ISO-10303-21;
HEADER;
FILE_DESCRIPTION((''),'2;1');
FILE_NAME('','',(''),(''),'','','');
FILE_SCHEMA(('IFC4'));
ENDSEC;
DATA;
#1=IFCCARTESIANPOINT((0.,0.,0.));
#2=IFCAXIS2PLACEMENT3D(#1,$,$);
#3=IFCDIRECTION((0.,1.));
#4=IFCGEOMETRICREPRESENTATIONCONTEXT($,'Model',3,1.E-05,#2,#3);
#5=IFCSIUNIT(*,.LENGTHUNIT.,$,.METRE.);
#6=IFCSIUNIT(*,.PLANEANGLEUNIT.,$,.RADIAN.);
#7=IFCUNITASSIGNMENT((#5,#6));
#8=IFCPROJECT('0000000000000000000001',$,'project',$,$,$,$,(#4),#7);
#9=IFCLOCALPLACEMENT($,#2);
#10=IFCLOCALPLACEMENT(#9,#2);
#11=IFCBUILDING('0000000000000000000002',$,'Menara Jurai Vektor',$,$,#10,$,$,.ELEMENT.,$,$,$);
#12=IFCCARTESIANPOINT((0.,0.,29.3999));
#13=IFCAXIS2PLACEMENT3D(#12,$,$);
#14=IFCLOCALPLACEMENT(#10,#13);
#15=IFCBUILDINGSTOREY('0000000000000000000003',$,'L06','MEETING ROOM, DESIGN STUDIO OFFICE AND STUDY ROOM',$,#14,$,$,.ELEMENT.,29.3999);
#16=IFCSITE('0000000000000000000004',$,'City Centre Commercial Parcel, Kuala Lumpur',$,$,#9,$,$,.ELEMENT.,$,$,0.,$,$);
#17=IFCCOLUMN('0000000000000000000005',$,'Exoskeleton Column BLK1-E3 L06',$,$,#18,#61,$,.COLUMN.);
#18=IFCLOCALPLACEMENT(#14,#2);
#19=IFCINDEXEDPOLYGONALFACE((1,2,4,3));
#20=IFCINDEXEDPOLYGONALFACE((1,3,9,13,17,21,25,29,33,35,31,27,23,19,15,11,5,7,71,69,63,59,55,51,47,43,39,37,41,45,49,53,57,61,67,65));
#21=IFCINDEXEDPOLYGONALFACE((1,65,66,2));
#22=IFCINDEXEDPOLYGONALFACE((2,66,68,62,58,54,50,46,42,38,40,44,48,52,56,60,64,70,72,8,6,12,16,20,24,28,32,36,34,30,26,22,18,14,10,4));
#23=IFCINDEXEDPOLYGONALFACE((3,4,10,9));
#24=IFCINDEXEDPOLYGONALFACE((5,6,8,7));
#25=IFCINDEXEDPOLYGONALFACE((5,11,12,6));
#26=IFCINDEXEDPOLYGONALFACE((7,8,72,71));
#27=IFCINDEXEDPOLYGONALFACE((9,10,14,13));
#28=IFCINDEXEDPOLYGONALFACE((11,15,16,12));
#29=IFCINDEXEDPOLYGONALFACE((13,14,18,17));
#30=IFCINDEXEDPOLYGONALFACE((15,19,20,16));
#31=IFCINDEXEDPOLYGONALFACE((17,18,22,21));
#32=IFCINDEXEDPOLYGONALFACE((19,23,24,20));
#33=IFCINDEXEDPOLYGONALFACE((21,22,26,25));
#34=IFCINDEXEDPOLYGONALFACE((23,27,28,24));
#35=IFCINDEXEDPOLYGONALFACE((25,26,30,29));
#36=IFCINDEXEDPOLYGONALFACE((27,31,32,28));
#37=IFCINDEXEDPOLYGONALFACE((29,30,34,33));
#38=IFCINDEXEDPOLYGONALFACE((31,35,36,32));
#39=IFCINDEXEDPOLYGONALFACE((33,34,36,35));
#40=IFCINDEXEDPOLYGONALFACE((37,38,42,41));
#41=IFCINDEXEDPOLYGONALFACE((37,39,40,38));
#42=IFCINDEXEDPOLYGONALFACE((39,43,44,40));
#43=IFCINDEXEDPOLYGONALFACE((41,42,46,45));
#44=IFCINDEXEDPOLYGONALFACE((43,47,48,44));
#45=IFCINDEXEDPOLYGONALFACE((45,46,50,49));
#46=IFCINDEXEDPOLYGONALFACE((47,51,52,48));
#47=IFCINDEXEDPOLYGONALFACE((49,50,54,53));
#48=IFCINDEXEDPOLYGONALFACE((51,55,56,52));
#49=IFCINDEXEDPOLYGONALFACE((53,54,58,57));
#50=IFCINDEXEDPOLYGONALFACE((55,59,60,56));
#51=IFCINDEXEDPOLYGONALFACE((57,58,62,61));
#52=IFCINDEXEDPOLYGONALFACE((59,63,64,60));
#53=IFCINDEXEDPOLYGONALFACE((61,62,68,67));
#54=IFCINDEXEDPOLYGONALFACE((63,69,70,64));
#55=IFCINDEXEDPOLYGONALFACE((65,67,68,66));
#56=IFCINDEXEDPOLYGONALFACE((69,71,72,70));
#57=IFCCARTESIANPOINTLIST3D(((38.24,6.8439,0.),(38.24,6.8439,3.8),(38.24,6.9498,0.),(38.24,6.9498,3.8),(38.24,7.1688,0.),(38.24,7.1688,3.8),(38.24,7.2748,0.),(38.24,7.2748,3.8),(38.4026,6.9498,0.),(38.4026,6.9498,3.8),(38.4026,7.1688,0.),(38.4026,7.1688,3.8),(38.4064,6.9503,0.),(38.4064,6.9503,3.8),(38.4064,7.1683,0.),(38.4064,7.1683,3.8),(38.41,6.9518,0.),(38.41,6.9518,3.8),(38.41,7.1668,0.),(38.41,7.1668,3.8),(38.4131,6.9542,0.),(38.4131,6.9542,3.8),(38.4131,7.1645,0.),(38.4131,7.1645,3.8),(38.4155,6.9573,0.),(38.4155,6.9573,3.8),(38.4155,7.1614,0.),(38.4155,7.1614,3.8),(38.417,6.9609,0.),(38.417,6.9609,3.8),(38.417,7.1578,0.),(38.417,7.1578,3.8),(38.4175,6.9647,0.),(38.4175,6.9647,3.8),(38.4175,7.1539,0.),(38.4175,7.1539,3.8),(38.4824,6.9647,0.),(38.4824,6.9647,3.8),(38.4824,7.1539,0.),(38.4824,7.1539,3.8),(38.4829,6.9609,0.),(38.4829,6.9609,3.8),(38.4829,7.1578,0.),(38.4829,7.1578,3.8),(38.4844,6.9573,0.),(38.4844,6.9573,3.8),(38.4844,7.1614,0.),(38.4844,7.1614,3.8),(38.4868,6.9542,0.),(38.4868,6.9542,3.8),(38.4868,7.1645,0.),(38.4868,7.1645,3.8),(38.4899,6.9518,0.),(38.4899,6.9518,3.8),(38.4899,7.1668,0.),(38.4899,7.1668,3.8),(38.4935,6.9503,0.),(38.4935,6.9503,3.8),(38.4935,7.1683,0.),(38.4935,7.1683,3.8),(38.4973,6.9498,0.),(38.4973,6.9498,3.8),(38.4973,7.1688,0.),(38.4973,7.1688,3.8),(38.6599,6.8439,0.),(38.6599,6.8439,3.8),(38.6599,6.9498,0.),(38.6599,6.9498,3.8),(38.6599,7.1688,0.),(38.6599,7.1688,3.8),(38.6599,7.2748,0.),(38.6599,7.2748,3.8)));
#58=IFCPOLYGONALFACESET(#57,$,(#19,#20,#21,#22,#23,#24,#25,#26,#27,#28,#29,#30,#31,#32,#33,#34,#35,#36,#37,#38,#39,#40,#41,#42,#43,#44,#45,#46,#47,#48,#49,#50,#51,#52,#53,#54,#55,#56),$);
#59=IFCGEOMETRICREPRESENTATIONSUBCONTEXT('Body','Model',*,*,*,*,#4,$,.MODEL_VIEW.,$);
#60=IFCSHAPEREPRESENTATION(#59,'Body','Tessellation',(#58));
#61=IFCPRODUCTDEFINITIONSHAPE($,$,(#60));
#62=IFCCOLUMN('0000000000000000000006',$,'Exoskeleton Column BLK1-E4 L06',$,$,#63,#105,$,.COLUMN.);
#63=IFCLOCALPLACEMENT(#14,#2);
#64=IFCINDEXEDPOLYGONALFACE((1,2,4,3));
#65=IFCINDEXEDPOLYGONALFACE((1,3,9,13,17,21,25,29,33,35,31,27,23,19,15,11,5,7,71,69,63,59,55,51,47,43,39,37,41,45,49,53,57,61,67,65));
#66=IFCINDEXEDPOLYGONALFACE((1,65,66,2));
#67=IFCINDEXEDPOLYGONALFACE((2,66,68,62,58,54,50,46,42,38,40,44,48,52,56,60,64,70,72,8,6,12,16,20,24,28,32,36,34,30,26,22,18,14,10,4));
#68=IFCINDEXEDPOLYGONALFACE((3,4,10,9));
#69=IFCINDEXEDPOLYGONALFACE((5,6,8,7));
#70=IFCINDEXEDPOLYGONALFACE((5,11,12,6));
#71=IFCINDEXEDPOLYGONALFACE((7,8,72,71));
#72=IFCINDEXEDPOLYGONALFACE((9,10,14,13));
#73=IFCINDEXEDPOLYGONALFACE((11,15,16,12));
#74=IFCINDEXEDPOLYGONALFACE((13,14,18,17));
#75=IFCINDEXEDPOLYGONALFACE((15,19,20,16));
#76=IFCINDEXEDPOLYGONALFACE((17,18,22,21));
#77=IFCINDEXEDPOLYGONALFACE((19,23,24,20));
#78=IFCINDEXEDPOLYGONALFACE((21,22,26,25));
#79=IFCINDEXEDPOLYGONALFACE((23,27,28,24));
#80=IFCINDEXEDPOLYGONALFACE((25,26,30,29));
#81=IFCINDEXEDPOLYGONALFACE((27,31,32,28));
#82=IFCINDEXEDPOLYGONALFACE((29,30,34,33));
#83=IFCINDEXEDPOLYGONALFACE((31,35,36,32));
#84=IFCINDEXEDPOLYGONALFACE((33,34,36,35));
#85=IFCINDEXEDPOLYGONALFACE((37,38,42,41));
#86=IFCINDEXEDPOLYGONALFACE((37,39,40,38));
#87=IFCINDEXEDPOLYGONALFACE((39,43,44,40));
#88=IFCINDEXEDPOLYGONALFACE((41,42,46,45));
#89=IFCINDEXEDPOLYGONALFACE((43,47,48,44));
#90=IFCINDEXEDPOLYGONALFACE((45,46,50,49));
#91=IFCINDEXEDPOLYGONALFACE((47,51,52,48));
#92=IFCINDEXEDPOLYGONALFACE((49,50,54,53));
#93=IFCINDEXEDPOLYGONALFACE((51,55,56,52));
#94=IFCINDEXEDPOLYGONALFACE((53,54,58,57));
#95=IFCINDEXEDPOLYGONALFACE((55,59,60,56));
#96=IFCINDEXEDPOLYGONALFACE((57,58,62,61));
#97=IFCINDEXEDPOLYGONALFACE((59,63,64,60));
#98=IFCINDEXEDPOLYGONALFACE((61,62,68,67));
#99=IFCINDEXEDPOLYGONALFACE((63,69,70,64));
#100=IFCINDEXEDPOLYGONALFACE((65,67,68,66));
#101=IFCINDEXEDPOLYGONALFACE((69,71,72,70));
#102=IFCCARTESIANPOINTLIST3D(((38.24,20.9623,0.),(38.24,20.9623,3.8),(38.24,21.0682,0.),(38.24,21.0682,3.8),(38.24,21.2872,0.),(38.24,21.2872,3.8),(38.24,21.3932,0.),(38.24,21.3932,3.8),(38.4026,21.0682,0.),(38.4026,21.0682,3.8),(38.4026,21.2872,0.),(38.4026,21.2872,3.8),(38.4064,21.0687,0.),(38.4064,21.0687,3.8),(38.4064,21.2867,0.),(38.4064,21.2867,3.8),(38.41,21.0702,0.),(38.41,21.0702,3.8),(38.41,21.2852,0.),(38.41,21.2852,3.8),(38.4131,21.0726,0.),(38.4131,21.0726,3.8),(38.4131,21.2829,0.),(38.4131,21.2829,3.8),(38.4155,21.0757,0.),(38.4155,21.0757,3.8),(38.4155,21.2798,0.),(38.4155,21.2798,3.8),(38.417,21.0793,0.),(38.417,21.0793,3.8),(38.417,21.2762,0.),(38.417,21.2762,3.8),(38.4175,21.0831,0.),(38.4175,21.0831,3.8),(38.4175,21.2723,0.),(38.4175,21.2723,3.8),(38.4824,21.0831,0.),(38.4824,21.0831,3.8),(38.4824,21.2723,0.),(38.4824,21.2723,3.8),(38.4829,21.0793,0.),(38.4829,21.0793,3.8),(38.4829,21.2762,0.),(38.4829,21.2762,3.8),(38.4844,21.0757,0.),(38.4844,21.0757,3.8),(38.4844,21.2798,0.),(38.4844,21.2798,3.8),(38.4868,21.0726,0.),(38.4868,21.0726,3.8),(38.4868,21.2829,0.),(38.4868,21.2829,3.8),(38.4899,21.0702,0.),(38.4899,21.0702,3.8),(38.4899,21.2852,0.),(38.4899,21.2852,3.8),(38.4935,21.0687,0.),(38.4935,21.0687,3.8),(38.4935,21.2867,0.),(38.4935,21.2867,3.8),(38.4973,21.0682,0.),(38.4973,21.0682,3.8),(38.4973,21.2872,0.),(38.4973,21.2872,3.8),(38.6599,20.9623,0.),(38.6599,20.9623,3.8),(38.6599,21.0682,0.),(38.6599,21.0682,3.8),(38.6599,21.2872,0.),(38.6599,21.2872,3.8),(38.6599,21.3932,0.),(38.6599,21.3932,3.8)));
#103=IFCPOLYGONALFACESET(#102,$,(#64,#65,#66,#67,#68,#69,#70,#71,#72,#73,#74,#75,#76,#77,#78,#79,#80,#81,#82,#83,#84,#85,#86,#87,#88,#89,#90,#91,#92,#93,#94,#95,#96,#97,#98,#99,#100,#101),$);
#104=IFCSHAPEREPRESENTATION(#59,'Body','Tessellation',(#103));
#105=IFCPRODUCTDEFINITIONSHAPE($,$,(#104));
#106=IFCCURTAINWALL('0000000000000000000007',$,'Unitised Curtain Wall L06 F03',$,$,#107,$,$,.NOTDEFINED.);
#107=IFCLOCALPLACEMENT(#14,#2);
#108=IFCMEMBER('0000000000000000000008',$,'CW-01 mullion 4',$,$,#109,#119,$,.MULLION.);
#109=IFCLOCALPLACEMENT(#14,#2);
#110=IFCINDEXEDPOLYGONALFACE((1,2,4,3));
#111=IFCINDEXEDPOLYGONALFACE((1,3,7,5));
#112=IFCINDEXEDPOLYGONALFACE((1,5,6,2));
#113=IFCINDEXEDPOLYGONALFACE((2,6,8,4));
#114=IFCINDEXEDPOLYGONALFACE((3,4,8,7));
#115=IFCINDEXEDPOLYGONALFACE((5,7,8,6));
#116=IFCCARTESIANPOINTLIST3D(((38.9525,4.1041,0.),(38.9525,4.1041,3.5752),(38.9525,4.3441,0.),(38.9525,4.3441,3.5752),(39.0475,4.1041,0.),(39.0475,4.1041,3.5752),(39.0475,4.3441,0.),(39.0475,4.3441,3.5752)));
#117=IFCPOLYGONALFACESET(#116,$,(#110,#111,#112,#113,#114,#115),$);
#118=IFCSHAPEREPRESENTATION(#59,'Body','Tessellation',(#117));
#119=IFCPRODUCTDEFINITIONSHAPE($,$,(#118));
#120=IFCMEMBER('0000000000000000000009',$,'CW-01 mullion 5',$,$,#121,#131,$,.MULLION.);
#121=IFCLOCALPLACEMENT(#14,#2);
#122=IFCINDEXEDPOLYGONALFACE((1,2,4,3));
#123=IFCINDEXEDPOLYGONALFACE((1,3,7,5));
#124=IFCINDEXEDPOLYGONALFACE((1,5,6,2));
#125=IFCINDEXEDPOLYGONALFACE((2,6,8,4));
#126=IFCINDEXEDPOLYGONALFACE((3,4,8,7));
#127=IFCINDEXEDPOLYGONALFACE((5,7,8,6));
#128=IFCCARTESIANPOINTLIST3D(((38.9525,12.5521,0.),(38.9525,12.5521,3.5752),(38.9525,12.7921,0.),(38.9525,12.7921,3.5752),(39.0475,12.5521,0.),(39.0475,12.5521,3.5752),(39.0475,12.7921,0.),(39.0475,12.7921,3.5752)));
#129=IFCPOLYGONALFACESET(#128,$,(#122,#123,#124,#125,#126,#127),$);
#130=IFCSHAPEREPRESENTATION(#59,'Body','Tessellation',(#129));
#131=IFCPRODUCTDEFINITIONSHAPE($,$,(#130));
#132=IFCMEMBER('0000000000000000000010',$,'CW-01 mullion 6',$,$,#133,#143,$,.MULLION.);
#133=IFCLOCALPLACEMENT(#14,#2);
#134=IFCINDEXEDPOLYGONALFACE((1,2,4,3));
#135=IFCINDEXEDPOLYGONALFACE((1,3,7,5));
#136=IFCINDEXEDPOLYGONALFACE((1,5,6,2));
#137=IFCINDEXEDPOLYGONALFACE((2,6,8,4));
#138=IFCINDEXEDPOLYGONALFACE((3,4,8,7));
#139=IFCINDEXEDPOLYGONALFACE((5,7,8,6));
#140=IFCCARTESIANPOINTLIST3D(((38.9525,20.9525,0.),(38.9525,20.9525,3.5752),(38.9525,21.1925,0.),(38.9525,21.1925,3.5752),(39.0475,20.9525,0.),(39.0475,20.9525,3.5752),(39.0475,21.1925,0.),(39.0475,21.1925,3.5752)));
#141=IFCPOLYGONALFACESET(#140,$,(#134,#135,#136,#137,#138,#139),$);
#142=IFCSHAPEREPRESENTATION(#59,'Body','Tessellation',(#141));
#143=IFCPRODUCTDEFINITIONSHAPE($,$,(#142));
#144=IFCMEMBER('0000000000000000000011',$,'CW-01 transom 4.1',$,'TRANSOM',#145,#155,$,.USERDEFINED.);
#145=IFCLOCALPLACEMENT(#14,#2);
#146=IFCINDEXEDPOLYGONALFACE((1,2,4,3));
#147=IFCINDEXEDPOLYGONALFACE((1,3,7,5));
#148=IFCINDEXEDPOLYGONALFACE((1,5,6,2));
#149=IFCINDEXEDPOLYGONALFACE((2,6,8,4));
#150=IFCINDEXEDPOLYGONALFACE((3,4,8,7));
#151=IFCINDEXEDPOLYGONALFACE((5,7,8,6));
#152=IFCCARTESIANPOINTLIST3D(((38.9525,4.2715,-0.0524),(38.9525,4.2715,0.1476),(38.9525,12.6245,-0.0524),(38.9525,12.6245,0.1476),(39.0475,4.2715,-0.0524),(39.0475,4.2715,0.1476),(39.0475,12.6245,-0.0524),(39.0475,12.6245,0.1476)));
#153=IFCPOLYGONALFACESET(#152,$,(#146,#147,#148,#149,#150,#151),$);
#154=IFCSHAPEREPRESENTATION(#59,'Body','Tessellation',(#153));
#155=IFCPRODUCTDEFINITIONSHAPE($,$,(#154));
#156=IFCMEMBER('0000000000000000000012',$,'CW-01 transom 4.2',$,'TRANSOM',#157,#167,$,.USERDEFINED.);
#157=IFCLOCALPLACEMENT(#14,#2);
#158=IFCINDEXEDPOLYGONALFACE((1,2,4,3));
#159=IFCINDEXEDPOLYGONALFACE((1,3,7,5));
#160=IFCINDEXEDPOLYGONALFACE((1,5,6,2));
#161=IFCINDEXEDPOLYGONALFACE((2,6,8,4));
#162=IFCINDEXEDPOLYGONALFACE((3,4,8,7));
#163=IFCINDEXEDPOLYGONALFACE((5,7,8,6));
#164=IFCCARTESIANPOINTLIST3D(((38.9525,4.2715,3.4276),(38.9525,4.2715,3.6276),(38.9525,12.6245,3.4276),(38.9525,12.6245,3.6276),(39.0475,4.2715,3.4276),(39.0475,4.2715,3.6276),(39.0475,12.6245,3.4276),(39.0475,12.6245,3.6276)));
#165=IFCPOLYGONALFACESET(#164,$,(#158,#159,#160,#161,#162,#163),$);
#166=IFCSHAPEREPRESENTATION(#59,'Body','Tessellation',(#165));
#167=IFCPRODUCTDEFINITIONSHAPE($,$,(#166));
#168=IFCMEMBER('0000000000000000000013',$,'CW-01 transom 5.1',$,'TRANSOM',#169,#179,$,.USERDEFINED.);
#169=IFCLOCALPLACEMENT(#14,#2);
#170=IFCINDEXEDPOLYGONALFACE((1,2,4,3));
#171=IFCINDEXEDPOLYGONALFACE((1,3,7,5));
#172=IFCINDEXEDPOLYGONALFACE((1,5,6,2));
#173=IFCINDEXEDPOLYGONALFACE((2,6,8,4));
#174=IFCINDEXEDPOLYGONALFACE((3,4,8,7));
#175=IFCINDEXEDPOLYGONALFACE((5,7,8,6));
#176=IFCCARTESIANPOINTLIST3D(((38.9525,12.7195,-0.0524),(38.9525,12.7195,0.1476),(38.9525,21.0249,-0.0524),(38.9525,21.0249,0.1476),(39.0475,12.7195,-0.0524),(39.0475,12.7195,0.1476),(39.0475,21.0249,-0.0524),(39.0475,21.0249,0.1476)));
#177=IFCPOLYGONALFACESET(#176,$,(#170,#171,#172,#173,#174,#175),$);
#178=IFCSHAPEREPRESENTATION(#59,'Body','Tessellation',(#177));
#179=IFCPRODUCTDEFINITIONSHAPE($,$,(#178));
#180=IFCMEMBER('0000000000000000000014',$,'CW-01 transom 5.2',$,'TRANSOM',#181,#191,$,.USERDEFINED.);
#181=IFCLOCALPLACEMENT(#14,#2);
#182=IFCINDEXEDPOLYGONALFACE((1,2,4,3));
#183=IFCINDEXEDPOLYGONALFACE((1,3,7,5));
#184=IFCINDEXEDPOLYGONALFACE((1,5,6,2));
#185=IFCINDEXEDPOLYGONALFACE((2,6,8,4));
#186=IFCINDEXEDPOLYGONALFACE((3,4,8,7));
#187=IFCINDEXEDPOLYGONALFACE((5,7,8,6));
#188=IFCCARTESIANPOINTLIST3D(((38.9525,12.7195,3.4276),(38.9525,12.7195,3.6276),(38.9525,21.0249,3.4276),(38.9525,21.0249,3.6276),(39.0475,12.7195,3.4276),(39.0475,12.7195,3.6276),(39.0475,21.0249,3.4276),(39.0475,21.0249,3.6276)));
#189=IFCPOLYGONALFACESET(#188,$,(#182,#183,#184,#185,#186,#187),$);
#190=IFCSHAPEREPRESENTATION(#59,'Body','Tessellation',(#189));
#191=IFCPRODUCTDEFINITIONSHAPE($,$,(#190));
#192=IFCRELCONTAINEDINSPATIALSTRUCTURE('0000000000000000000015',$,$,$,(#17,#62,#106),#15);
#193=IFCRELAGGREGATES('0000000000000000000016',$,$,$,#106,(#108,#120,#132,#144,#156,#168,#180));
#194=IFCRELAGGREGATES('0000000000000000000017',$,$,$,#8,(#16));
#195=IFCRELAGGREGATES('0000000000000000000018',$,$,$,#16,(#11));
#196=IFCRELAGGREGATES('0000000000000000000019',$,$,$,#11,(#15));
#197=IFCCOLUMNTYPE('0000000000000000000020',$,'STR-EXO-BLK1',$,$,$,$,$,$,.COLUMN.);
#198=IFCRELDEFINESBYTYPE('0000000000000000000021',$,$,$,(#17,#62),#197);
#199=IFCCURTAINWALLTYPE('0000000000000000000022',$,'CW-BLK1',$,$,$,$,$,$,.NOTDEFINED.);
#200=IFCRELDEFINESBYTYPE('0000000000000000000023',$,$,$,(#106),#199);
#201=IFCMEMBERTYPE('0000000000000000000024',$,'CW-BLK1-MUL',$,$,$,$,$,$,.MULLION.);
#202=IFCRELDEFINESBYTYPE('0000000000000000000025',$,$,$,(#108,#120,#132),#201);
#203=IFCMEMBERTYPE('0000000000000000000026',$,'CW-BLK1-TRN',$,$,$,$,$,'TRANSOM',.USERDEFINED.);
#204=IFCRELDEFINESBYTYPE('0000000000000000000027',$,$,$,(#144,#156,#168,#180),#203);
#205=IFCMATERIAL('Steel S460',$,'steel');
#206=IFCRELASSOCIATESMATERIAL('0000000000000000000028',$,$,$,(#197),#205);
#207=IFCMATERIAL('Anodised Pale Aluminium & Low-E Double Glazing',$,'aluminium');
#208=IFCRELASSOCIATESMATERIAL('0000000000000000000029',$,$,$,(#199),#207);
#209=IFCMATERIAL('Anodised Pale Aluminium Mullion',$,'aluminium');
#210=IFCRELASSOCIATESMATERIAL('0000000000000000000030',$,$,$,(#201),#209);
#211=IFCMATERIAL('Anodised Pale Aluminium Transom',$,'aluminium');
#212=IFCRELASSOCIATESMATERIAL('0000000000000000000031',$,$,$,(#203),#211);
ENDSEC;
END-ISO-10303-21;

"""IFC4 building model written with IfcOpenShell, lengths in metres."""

from ifc_helpers import new_model, si_unit, direction, frame, origin, origin_2d, place, context, subcontext, project, spatial, rectangle, i_section, extrude, material, material_profile, profile_set, type_object, element, aggregate, save


model = new_model("IFC4")

# Units and contexts
model_context = context("Model", 3, precision=1e-05, world=origin(), true_north=direction((0.0, 1.0)))
body_context = subcontext(model_context, "Body", "Model", "MODEL_VIEW")
ifc_project = project(units=[si_unit("LENGTHUNIT", "METRE"), si_unit("PLANEANGLEUNIT", "RADIAN")], contexts=[model_context])

# Site, building, storey
site_placement = place(None, origin())
site = spatial("IfcSite", under=ifc_project, at=site_placement, Name="City Centre Commercial Parcel, Kuala Lumpur", CompositionType="ELEMENT", RefElevation=0.0)
building_placement = place(site_placement, origin())
building = spatial("IfcBuilding", under=site, at=building_placement, Name="Menara Jurai Vektor", CompositionType="ELEMENT")
storey_placement = place(building_placement, frame((0.0, 0.0, 29.3999)))
storey = spatial("IfcBuildingStorey", under=building, at=storey_placement, Name="L06", Description="MEETING ROOM, DESIGN STUDIO OFFICE AND STUDY ROOM", CompositionType="ELEMENT", Elevation=29.3999)

# Columns
ifc_material_1 = material(Name="Steel S460", Category="steel")
ifc_material_profile_1 = material_profile(ifc_material_1, i_section(OverallWidth=0.4199, OverallDepth=0.4309, WebThickness=0.0649, FlangeThickness=0.106, FilletRadius=0.0149, at=origin_2d()), Name="HD 400x900")
ifc_profile_set_1 = profile_set([ifc_material_profile_1], Name="Steel S460")
column_type = type_object("IfcColumnType", Name="STR-EXO-BLK1", PredefinedType="COLUMN", material=ifc_profile_set_1)
for number, where, z_axis, x_axis, name in (
    (1, (38.45, 7.0593, 0.0), (0.0, 0.0, 1.0), (1.0, 0.0, 0.0), "Exoskeleton Column BLK1-E3 L06"),
    (2, (38.45, 21.1777, 0.0), (0.0, 0.0, 1.0), (1.0, 0.0, 0.0), "Exoskeleton Column BLK1-E4 L06"),
):
    element("IfcColumn", number, at=place(storey_placement, frame(where, z_axis=z_axis, x_axis=x_axis)), inside=storey, type_object=column_type, Name=name, PredefinedType="COLUMN", context=body_context, shape_type="SweptSolid", body=[
        extrude(i_section(OverallWidth=0.4199, OverallDepth=0.4309, WebThickness=0.0649, FlangeThickness=0.106, FilletRadius=0.0149, at=origin_2d()), origin(), (0.0, 0.0, 1.0), 3.8),
    ])

# Curtain wall, members
ifc_material_2 = material(Name="Anodised Pale Aluminium & Low-E Double Glazing", Category="aluminium")
curtain_wall_type = type_object("IfcCurtainWallType", Name="CW-BLK1", PredefinedType="NOTDEFINED", material=ifc_material_2)
curtain_wall_placement = place(storey_placement, origin())
curtain_wall = element("IfcCurtainWall", 3, at=curtain_wall_placement, inside=storey, type_object=curtain_wall_type, Name="Unitised Curtain Wall L06 F03", PredefinedType="NOTDEFINED")
ifc_material_3 = material(Name="Anodised Pale Aluminium Mullion", Category="aluminium")
ifc_material_profile_2 = material_profile(ifc_material_3, rectangle(XDim=0.095, YDim=0.24, at=origin_2d()), Name="ALU MUL 95x240")
ifc_profile_set_2 = profile_set([ifc_material_profile_2], Name="Anodised Pale Aluminium Mullion")
member_type_1 = type_object("IfcMemberType", Name="CW-BLK1-MUL", PredefinedType="MULLION", material=ifc_profile_set_2)
member_1_placement = place(storey_placement, frame((39.0, 4.2241, 0.0), z_axis=(0.0, 0.0, 1.0), x_axis=(-1.0, 0.0, 0.0)))
member_1 = element("IfcMember", 4, at=member_1_placement, type_object=member_type_1, Name="CW-01 mullion 4", PredefinedType="MULLION", context=body_context, shape_type="SweptSolid", body=[
    extrude(rectangle(XDim=0.095, YDim=0.24, at=origin_2d()), origin(), (0.0, 0.0, 1.0), 3.5752),
])
member_2_placement = place(storey_placement, frame((39.0, 12.6721, 0.0), z_axis=(0.0, 0.0, 1.0), x_axis=(-1.0, 0.0, 0.0)))
member_2 = element("IfcMember", 5, at=member_2_placement, type_object=member_type_1, Name="CW-01 mullion 5", PredefinedType="MULLION", context=body_context, shape_type="SweptSolid", body=[
    extrude(rectangle(XDim=0.095, YDim=0.24, at=origin_2d()), origin(), (0.0, 0.0, 1.0), 3.5752),
])
member_3_placement = place(storey_placement, frame((39.0, 21.0725, 0.0), z_axis=(0.0, 0.0, 1.0), x_axis=(-1.0, 0.0, 0.0)))
member_3 = element("IfcMember", 6, at=member_3_placement, type_object=member_type_1, Name="CW-01 mullion 6", PredefinedType="MULLION", context=body_context, shape_type="SweptSolid", body=[
    extrude(rectangle(XDim=0.095, YDim=0.24, at=origin_2d()), origin(), (0.0, 0.0, 1.0), 3.5752),
])
ifc_material_4 = material(Name="Anodised Pale Aluminium Transom", Category="aluminium")
ifc_material_profile_3 = material_profile(ifc_material_4, rectangle(XDim=0.095, YDim=0.2, at=origin_2d()), Name="ALU TRN 95x200")
ifc_profile_set_3 = profile_set([ifc_material_profile_3], Name="Anodised Pale Aluminium Transom")
member_type_2 = type_object("IfcMemberType", Name="CW-BLK1-TRN", ElementType="TRANSOM", PredefinedType="USERDEFINED", material=ifc_profile_set_3)
member_4_placement = place(storey_placement, frame((39.0, 4.2715, 0.0476), z_axis=(0.0, 1.0, 0.0), x_axis=(-1.0, 0.0, 0.0)))
member_4 = element("IfcMember", 7, at=member_4_placement, type_object=member_type_2, Name="CW-01 transom 4.1", ObjectType="TRANSOM", PredefinedType="USERDEFINED", context=body_context, shape_type="SweptSolid", body=[
    extrude(rectangle(XDim=0.095, YDim=0.2, at=origin_2d()), origin(), (0.0, 0.0, 1.0), 8.353),
])
member_5_placement = place(storey_placement, frame((39.0, 4.2715, 3.5276), z_axis=(0.0, 1.0, 0.0), x_axis=(-1.0, 0.0, 0.0)))
member_5 = element("IfcMember", 8, at=member_5_placement, type_object=member_type_2, Name="CW-01 transom 4.2", ObjectType="TRANSOM", PredefinedType="USERDEFINED", context=body_context, shape_type="SweptSolid", body=[
    extrude(rectangle(XDim=0.095, YDim=0.2, at=origin_2d()), origin(), (0.0, 0.0, 1.0), 8.353),
])
member_6_placement = place(storey_placement, frame((39.0, 12.7195, 0.0476), z_axis=(0.0, 1.0, 0.0), x_axis=(-1.0, 0.0, 0.0)))
member_6 = element("IfcMember", 9, at=member_6_placement, type_object=member_type_2, Name="CW-01 transom 5.1", ObjectType="TRANSOM", PredefinedType="USERDEFINED", context=body_context, shape_type="SweptSolid", body=[
    extrude(rectangle(XDim=0.095, YDim=0.2, at=origin_2d()), origin(), (0.0, 0.0, 1.0), 8.3054),
])
member_7_placement = place(storey_placement, frame((39.0, 12.7195, 3.5276), z_axis=(0.0, 1.0, 0.0), x_axis=(-1.0, 0.0, 0.0)))
member_7 = element("IfcMember", 10, at=member_7_placement, type_object=member_type_2, Name="CW-01 transom 5.2", ObjectType="TRANSOM", PredefinedType="USERDEFINED", context=body_context, shape_type="SweptSolid", body=[
    extrude(rectangle(XDim=0.095, YDim=0.2, at=origin_2d()), origin(), (0.0, 0.0, 1.0), 8.3054),
])

aggregate(curtain_wall, [member_1, member_2, member_3, member_4, member_5, member_6, member_7])

save(model, "model.ifc")
